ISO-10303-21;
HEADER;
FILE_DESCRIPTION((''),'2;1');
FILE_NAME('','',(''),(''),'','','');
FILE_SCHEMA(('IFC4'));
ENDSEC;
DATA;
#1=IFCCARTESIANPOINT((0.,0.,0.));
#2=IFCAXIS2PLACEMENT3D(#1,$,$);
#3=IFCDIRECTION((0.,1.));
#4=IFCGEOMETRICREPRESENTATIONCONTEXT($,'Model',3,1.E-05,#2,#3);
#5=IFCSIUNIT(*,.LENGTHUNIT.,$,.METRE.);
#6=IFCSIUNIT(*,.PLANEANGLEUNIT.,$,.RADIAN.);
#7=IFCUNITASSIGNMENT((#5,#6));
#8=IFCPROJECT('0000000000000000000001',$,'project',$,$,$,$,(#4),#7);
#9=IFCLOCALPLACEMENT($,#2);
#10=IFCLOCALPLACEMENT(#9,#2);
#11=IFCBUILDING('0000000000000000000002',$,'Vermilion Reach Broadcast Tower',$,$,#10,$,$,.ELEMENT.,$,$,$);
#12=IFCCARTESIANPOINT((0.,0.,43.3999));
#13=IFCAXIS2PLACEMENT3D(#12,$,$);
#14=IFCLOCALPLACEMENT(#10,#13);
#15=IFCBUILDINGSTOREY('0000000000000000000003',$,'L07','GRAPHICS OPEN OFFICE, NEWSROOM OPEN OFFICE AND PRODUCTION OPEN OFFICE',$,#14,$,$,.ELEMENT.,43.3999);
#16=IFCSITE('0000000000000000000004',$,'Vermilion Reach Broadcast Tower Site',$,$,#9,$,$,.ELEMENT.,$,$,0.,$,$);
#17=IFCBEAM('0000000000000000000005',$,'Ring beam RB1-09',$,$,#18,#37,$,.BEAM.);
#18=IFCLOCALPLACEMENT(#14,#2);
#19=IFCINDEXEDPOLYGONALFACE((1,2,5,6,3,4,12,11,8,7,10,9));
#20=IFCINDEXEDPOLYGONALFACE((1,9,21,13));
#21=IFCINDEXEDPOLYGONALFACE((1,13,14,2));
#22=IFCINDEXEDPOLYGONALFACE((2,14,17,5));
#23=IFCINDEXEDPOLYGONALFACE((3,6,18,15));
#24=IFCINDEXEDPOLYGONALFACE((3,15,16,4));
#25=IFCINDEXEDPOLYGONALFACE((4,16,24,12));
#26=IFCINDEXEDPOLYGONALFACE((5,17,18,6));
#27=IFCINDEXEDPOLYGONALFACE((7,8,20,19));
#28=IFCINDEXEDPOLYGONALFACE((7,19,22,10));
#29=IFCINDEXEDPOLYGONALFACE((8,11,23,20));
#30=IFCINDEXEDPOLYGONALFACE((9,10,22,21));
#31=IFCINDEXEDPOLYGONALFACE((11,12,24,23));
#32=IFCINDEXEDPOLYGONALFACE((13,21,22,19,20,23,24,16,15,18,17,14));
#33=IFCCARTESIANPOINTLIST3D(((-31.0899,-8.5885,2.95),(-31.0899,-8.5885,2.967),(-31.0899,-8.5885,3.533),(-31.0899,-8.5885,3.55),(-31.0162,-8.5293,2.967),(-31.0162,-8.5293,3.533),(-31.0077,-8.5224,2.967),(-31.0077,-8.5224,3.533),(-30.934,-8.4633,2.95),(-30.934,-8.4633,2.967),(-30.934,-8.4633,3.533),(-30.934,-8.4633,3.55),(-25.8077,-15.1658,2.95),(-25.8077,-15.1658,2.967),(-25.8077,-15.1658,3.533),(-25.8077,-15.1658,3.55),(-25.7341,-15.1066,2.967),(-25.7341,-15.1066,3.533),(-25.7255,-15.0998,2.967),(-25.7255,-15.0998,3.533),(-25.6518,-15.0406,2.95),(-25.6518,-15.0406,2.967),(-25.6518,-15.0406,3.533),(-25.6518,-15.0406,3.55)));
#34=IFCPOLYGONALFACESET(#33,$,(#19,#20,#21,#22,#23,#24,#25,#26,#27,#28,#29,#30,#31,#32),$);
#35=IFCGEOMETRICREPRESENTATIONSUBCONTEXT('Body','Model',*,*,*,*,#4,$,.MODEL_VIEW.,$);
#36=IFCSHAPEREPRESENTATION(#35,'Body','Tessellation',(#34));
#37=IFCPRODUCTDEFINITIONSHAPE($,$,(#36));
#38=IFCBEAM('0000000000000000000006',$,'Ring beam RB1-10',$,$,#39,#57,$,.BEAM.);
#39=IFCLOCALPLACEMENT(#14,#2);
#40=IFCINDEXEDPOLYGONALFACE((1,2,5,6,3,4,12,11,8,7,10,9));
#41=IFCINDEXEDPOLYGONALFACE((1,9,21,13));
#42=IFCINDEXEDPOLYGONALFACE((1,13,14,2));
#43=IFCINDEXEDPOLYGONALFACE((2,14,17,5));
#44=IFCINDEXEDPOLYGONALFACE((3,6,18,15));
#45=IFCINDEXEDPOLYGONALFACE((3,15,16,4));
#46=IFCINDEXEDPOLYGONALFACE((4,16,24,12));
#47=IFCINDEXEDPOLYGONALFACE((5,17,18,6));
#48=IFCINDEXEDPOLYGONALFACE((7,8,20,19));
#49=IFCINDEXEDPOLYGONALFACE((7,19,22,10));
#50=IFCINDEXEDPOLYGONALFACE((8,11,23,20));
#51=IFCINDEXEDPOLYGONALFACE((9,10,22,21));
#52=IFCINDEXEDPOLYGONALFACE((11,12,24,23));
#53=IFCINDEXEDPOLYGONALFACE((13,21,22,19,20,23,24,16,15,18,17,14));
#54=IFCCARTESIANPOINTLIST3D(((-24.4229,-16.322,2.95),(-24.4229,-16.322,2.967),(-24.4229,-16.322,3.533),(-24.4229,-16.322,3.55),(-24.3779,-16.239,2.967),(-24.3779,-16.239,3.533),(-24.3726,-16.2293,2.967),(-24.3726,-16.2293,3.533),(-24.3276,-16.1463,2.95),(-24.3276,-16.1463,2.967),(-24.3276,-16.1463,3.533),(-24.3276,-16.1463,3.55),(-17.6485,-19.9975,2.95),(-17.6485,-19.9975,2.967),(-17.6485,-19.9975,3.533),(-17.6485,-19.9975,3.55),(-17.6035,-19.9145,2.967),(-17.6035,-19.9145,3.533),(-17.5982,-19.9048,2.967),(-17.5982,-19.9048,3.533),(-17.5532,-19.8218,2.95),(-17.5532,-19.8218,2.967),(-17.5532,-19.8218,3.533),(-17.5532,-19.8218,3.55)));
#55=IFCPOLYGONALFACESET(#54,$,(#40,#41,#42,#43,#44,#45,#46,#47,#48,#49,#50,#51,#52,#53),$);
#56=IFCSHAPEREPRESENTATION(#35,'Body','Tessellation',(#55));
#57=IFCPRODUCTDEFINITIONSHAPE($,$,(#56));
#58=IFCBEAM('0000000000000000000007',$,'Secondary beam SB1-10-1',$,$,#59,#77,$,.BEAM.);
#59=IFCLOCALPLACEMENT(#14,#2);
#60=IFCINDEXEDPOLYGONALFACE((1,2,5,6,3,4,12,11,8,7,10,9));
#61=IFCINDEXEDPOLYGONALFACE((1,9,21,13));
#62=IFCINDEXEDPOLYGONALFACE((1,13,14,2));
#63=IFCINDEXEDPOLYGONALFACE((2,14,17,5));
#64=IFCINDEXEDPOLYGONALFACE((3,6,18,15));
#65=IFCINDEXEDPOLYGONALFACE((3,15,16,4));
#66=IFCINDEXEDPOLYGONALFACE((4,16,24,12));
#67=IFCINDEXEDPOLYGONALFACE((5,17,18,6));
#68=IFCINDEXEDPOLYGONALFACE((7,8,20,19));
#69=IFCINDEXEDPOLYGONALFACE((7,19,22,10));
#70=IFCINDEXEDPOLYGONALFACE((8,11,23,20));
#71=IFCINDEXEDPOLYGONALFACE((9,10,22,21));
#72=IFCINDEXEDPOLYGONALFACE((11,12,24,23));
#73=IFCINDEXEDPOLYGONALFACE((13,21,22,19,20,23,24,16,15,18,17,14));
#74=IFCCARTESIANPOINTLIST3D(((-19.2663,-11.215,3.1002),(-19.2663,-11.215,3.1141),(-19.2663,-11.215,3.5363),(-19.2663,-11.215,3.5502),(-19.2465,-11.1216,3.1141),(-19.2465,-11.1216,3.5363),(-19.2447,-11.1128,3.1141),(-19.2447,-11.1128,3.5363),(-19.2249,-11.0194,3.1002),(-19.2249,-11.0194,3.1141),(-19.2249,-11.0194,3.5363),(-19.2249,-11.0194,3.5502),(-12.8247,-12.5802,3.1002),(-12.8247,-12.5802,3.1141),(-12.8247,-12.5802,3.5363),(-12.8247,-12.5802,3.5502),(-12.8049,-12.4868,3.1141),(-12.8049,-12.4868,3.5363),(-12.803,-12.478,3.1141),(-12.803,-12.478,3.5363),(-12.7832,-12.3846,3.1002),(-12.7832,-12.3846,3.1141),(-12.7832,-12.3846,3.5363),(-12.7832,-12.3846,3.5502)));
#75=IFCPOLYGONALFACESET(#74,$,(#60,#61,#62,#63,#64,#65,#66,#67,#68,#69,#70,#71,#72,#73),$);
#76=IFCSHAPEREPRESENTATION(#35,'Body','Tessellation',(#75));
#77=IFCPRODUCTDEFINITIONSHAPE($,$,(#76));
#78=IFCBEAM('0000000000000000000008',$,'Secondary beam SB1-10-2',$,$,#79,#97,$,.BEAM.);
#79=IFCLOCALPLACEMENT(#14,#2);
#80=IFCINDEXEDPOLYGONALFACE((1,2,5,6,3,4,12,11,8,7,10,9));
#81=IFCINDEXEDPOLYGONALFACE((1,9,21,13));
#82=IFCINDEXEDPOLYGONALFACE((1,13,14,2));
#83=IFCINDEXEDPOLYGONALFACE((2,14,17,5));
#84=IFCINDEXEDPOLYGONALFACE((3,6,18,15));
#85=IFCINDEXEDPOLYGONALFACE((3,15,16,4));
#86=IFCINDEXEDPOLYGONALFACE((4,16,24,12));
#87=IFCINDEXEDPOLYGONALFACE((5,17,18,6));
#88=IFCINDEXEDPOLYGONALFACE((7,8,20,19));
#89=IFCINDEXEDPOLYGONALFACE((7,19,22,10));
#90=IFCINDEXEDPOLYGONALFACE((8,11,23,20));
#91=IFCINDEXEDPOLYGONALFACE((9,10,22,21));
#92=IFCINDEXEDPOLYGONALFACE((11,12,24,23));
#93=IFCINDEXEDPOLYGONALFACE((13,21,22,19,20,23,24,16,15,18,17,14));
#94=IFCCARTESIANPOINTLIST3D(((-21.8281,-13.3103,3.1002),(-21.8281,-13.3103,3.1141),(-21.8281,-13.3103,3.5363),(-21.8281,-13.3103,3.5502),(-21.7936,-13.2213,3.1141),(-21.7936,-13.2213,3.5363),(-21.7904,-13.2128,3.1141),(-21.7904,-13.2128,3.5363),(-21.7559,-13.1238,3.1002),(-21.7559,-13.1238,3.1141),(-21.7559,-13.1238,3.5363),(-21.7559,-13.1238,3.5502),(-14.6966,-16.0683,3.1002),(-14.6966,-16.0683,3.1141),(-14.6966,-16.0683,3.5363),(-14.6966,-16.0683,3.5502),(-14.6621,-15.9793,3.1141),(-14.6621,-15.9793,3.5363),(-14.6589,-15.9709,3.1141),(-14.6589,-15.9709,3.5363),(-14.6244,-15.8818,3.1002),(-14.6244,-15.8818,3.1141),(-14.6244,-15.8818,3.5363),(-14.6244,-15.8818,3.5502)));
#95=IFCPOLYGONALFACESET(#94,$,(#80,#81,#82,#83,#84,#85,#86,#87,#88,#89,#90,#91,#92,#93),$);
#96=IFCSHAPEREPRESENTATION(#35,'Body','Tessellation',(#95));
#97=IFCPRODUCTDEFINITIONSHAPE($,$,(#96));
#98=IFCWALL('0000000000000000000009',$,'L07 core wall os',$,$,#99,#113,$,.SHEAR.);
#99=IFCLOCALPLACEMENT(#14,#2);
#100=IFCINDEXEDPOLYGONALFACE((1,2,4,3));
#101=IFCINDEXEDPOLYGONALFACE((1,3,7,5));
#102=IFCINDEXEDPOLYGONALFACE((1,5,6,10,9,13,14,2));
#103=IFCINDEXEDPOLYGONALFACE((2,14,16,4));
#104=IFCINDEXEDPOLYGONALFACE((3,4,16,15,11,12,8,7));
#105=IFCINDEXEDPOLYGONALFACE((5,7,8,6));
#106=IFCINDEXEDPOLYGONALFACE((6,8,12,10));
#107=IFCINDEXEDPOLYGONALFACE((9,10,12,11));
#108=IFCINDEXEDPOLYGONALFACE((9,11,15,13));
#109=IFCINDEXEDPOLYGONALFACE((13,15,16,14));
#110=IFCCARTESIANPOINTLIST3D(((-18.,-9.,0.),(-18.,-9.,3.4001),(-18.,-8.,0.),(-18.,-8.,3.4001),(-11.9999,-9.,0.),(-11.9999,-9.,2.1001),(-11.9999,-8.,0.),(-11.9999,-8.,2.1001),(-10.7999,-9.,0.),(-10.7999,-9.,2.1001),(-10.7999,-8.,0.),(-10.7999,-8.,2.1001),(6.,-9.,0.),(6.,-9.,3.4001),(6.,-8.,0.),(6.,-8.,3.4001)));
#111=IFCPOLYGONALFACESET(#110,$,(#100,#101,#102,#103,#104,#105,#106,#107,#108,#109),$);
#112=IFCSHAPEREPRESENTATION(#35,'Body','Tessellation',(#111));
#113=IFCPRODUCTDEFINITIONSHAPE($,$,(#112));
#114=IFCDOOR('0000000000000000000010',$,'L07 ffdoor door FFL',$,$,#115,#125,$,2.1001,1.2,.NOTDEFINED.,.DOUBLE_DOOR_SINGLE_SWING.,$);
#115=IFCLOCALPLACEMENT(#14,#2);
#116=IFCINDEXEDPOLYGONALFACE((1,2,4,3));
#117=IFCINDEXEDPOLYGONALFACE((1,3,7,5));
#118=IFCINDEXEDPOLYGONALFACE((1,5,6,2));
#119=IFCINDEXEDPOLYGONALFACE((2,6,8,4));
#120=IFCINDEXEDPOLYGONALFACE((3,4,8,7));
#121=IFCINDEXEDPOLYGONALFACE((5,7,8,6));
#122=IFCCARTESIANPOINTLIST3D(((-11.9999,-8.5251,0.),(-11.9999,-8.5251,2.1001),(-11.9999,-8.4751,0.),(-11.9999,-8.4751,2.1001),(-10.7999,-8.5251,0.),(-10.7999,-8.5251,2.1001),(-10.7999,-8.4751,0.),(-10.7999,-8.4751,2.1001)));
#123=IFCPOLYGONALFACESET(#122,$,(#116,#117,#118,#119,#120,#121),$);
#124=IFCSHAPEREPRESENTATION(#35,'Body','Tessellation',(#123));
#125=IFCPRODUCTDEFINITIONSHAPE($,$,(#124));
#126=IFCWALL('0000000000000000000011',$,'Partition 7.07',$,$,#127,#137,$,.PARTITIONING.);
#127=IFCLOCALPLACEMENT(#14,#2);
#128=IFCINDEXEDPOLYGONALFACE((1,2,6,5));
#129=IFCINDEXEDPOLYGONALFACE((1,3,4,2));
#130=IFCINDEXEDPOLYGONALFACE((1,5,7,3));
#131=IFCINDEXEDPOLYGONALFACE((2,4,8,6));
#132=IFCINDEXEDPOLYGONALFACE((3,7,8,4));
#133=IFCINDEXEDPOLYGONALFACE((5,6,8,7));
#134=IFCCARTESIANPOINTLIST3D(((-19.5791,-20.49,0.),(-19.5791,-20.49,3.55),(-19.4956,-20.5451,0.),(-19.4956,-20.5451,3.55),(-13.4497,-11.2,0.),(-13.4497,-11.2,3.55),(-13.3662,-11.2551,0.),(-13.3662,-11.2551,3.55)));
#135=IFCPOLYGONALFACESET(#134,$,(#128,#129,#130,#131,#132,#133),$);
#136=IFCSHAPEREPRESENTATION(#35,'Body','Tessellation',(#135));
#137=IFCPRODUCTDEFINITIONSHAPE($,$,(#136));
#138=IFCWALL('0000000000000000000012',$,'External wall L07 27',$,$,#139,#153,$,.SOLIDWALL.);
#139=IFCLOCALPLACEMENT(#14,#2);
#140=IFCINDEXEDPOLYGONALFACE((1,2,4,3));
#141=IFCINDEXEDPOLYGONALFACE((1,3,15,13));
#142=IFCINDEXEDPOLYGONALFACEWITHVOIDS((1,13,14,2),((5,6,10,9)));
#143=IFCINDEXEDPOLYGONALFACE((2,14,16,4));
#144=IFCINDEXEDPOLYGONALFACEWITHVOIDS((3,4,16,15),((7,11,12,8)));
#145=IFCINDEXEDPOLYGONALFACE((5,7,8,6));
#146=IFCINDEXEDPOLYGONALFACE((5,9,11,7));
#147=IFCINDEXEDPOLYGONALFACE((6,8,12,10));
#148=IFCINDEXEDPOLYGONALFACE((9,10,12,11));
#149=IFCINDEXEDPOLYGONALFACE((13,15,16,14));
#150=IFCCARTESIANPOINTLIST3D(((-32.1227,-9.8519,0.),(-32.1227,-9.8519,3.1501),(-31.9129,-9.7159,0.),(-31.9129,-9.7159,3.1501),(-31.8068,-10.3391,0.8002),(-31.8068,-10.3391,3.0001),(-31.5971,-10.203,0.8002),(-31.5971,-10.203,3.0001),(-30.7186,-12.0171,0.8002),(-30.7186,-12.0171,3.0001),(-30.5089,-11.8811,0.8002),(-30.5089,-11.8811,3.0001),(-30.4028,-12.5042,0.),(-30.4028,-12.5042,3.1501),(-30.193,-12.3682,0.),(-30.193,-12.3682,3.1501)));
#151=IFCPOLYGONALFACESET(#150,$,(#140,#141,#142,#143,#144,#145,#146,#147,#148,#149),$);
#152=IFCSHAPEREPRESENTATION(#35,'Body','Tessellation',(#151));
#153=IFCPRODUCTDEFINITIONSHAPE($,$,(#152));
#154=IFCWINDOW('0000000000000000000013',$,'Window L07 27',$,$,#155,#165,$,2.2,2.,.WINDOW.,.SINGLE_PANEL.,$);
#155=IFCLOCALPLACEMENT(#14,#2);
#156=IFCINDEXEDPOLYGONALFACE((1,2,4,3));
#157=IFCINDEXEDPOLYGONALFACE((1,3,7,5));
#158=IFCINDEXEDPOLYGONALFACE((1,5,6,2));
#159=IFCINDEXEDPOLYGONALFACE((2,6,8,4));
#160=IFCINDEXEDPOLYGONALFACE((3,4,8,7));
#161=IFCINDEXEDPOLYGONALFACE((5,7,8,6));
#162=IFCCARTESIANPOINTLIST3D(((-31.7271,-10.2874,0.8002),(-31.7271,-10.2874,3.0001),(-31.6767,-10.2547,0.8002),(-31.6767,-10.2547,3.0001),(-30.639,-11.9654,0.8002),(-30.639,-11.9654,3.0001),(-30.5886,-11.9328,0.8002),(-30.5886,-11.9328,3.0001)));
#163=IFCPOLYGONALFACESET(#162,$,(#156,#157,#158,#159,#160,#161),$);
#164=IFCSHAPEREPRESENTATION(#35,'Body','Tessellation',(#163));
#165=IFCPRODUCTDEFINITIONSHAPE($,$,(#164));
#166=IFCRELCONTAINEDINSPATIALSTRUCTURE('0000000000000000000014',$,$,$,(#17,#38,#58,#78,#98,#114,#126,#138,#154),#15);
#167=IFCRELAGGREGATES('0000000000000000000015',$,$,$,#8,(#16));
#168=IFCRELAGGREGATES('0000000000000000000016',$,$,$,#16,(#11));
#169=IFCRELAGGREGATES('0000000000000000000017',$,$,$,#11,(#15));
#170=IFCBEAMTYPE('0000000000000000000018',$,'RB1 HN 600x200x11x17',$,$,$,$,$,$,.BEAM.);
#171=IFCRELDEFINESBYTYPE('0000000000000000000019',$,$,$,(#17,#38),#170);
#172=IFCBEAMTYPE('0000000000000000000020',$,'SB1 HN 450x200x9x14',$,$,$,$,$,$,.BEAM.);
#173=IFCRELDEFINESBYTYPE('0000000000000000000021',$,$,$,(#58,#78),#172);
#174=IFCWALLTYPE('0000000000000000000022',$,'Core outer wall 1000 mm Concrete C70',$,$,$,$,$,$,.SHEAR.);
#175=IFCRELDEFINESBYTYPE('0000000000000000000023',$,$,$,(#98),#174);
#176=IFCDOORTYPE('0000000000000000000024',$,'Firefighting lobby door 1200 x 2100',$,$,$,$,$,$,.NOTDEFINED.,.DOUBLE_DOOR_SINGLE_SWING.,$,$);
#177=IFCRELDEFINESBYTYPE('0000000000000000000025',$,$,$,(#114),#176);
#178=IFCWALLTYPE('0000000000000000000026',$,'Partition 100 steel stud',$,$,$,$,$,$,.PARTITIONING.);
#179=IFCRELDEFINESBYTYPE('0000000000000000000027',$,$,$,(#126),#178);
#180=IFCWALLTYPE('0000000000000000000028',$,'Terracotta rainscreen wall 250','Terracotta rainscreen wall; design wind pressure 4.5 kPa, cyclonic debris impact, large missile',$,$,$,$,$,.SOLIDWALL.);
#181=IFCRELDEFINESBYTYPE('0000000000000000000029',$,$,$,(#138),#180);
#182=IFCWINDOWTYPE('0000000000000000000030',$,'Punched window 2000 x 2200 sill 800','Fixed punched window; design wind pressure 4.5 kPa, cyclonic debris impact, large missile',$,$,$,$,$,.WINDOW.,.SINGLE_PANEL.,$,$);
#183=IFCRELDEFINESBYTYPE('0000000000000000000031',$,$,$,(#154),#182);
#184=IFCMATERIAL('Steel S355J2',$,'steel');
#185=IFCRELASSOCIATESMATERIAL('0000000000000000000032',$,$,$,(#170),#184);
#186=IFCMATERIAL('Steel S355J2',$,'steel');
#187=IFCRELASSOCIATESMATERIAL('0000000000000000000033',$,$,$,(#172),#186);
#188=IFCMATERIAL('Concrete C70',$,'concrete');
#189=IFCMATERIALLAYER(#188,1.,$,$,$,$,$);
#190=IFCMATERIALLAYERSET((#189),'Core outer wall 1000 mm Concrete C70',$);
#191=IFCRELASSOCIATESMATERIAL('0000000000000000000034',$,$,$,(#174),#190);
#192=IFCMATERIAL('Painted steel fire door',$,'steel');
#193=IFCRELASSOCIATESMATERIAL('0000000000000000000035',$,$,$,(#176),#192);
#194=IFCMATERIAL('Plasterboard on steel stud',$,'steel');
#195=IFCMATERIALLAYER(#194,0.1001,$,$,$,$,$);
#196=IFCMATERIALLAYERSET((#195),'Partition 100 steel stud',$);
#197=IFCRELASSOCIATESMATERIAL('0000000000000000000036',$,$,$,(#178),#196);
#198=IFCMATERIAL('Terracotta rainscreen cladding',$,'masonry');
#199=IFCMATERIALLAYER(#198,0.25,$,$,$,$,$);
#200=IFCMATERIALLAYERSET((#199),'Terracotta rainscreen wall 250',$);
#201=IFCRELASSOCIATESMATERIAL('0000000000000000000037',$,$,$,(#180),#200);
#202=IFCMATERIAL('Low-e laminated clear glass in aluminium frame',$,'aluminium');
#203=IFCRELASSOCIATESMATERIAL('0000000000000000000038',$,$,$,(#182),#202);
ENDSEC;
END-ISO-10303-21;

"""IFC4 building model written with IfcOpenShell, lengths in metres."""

from ifc_helpers import new_model, si_unit, direction, frame, frame_2d, origin, origin_2d, place, context, subcontext, project, spatial, rectangle, i_section, extrude, material, layer, layer_set, material_profile, profile_set, type_object, element, fill, save


model = new_model("IFC4")

# Units and contexts
model_context = context("Model", 3, precision=1e-05, world=origin(), true_north=direction((0.0, 1.0)))
body_context = subcontext(model_context, "Body", "Model", "MODEL_VIEW")
ifc_project = project(units=[si_unit("LENGTHUNIT", "METRE"), si_unit("PLANEANGLEUNIT", "RADIAN")], contexts=[model_context])

# Site, building, storey
site_placement = place(None, origin())
site = spatial("IfcSite", under=ifc_project, at=site_placement, Name="Vermilion Reach Broadcast Tower Site", CompositionType="ELEMENT", RefElevation=0.0)
building_placement = place(site_placement, origin())
building = spatial("IfcBuilding", under=site, at=building_placement, Name="Vermilion Reach Broadcast Tower", CompositionType="ELEMENT")
storey_placement = place(building_placement, frame((0.0, 0.0, 43.3999)))
storey = spatial("IfcBuildingStorey", under=building, at=storey_placement, Name="L07", Description="GRAPHICS OPEN OFFICE, NEWSROOM OPEN OFFICE AND PRODUCTION OPEN OFFICE", CompositionType="ELEMENT", Elevation=43.3999)

# Beams
ifc_material_1 = material(Name="Steel S355J2", Category="steel")
ifc_material_profile_1 = material_profile(ifc_material_1, i_section(OverallWidth=0.2, OverallDepth=0.6001, WebThickness=0.011, FlangeThickness=0.0171, at=origin_2d()), Name="S355J2 HN 600x200x11x17")
ifc_profile_set_1 = profile_set([ifc_material_profile_1], Name="Steel S355J2")
beam_type_1 = type_object("IfcBeamType", Name="RB1 HN 600x200x11x17", PredefinedType="BEAM", material=ifc_profile_set_1)
beam_1_placement = place(storey_placement, frame((-31.012, -8.5259, 3.25), z_axis=(0.626162, -0.779693, 0.0), x_axis=(0.779693, 0.626162, 0.0)))
element("IfcBeam", 1, at=beam_1_placement, inside=storey, type_object=beam_type_1, Name="Ring beam RB1-09", PredefinedType="BEAM", context=body_context, shape_type="SweptSolid", body=[
    extrude(i_section(OverallWidth=0.2, OverallDepth=0.6001, WebThickness=0.011, FlangeThickness=0.0171, at=origin_2d()), origin(), (0.0, 0.0, 1.0), 8.4358),
])
beam_2_placement = place(storey_placement, frame((-24.3752, -16.2341, 3.25), z_axis=(0.878962, -0.476891, 0.0), x_axis=(0.476891, 0.878962, 0.0)))
element("IfcBeam", 2, at=beam_2_placement, inside=storey, type_object=beam_type_1, Name="Ring beam RB1-10", PredefinedType="BEAM", context=body_context, shape_type="SweptSolid", body=[
    extrude(i_section(OverallWidth=0.2, OverallDepth=0.6001, WebThickness=0.011, FlangeThickness=0.0171, at=origin_2d()), origin(), (0.0, 0.0, 1.0), 7.7073),
])
ifc_material_2 = material(Name="Steel S355J2", Category="steel")
ifc_material_profile_2 = material_profile(ifc_material_2, i_section(OverallWidth=0.2, OverallDepth=0.45, WebThickness=0.009, FlangeThickness=0.0139, at=origin_2d()), Name="S355J2 HN 450x200x9x14")
ifc_profile_set_2 = profile_set([ifc_material_profile_2], Name="Steel S355J2")
beam_type_2 = type_object("IfcBeamType", Name="SB1 HN 450x200x9x14", PredefinedType="BEAM", material=ifc_profile_set_2)
beam_3_placement = place(storey_placement, frame((-19.2456, -11.1172, 3.3252), z_axis=(0.97827, -0.207333, 0.0), x_axis=(0.207333, 0.97827, 0.0)))
element("IfcBeam", 3, at=beam_3_placement, inside=storey, type_object=beam_type_2, Name="Secondary beam SB1-10-1", PredefinedType="BEAM", context=body_context, shape_type="SweptSolid", body=[
    extrude(i_section(OverallWidth=0.2, OverallDepth=0.45, WebThickness=0.009, FlangeThickness=0.0139, at=origin_2d()), origin(), (0.0, 0.0, 1.0), 6.5847),
])
beam_4_placement = place(storey_placement, frame((-21.792, -13.217, 3.3252), z_axis=(0.932681, -0.360703, 0.0), x_axis=(0.360703, 0.932681, 0.0)))
element("IfcBeam", 4, at=beam_4_placement, inside=storey, type_object=beam_type_2, Name="Secondary beam SB1-10-2", PredefinedType="BEAM", context=body_context, shape_type="SweptSolid", body=[
    extrude(i_section(OverallWidth=0.2, OverallDepth=0.45, WebThickness=0.009, FlangeThickness=0.0139, at=origin_2d()), origin(), (0.0, 0.0, 1.0), 7.6462),
])

# Wall, opening, door
ifc_material_3 = material(Name="Concrete C70", Category="concrete")
ifc_layer_1 = layer(ifc_material_3, 1.0)
ifc_layer_set_1 = layer_set([ifc_layer_1], Name="Core outer wall 1000 mm Concrete C70")
wall_type_1 = type_object("IfcWallType", Name="Core outer wall 1000 mm Concrete C70", PredefinedType="SHEAR", material=ifc_layer_set_1)
wall_1_placement = place(storey_placement, frame((-18.0, -8.5, 0.0), z_axis=(0.0, 0.0, 1.0), x_axis=(1.0, 0.0, 0.0)))
wall_1 = element("IfcWall", 5, at=wall_1_placement, inside=storey, type_object=wall_type_1, Name="L07 core wall os", PredefinedType="SHEAR", context=body_context, shape_type="SweptSolid", body=[
    extrude(rectangle(XDim=24.0, YDim=1.0, at=frame_2d((12.0, 0.0))), origin(), (0.0, 0.0, 1.0), 3.4001),
])
opening_1_placement = place(wall_1_placement, frame((6.0, 0.0, 0.0)))
opening_1 = element("IfcOpeningElement", 6, at=opening_1_placement, cuts=wall_1, PredefinedType="OPENING", context=body_context, shape_type="SweptSolid", body=[
    extrude(rectangle(XDim=1.2, YDim=2.1001, at=frame_2d((0.6001, 1.05))), frame((0.0, 0.51, 0.0), z_axis=(0.0, -1.0, 0.0), x_axis=(1.0, 0.0, 0.0)), (0.0, 0.0, 1.0), 1.02),
])
ifc_material_4 = material(Name="Painted steel fire door", Category="steel")
door_type_1 = type_object("IfcDoorType", Name="Firefighting lobby door 1200 x 2100", OperationType="DOUBLE_DOOR_SINGLE_SWING", PredefinedType="NOTDEFINED", material=ifc_material_4)
door_1_placement = place(opening_1_placement, origin())
door_1 = element("IfcDoor", 7, at=door_1_placement, inside=storey, type_object=door_type_1, Name="L07 ffdoor door FFL", OperationType="DOUBLE_DOOR_SINGLE_SWING", OverallHeight=2.1001, OverallWidth=1.2, PredefinedType="NOTDEFINED", context=body_context, shape_type="SweptSolid", body=[
    extrude(rectangle(XDim=1.2, YDim=2.1001, at=frame_2d((0.6001, 1.05))), frame((0.0, 0.0249, 0.0), z_axis=(0.0, -1.0, 0.0), x_axis=(1.0, 0.0, 0.0)), (0.0, 0.0, 1.0), 0.05),
])
fill(opening_1, door_1)

# Wall
ifc_material_5 = material(Name="Plasterboard on steel stud", Category="steel")
ifc_layer_2 = layer(ifc_material_5, 0.1001)
ifc_layer_set_2 = layer_set([ifc_layer_2], Name="Partition 100 steel stud")
wall_type_2 = type_object("IfcWallType", Name="Partition 100 steel stud", PredefinedType="PARTITIONING", material=ifc_layer_set_2)
wall_2_placement = place(storey_placement, frame((-19.5374, -20.5176, 0.0), z_axis=(0.0, 0.0, 1.0), x_axis=(0.550715, 0.834693, 0.0)))
element("IfcWall", 8, at=wall_2_placement, inside=storey, type_object=wall_type_2, Name="Partition 7.07", PredefinedType="PARTITIONING", context=body_context, shape_type="SweptSolid", body=[
    extrude(rectangle(XDim=11.1299, YDim=0.1001, at=frame_2d((5.5649, 0.0))), origin(), (0.0, 0.0, 1.0), 3.55),
])

# Wall, opening, window
ifc_material_6 = material(Name="Terracotta rainscreen cladding", Category="masonry")
ifc_layer_3 = layer(ifc_material_6, 0.25)
ifc_layer_set_3 = layer_set([ifc_layer_3], Name="Terracotta rainscreen wall 250")
wall_type_3 = type_object("IfcWallType", Name="Terracotta rainscreen wall 250", Description="Terracotta rainscreen wall; design wind pressure 4.5 kPa, cyclonic debris impact, large missile", PredefinedType="SOLIDWALL", material=ifc_layer_set_3)
wall_3_placement = place(storey_placement, frame((-32.0178, -9.7839, 0.0), z_axis=(0.0, 0.0, 1.0), x_axis=(0.544087, -0.839029, 0.0)))
wall_3 = element("IfcWall", 9, at=wall_3_placement, inside=storey, type_object=wall_type_3, Name="External wall L07 27", PredefinedType="SOLIDWALL", context=body_context, shape_type="SweptSolid", body=[
    extrude(rectangle(XDim=3.1611, YDim=0.25, at=frame_2d((1.5806, 0.0))), origin(), (0.0, 0.0, 1.0), 3.1501),
])
opening_2_placement = place(wall_3_placement, frame((0.5806, 0.0, 0.8)))
opening_2 = element("IfcOpeningElement", 10, at=opening_2_placement, cuts=wall_3, PredefinedType="OPENING", context=body_context, shape_type="SweptSolid", body=[
    extrude(rectangle(XDim=2.0, YDim=2.2, at=frame_2d((1.0, 1.1001))), frame((0.0, 0.135, 0.0), z_axis=(0.0, -1.0, 0.0), x_axis=(1.0, 0.0, 0.0)), (0.0, 0.0, 1.0), 0.27),
])
ifc_material_7 = material(Name="Low-e laminated clear glass in aluminium frame", Category="aluminium")
window_type_1 = type_object("IfcWindowType", Name="Punched window 2000 x 2200 sill 800", Description="Fixed punched window; design wind pressure 4.5 kPa, cyclonic debris impact, large missile", PartitioningType="SINGLE_PANEL", PredefinedType="WINDOW", material=ifc_material_7)
window_1_placement = place(opening_2_placement, origin())
window_1 = element("IfcWindow", 11, at=window_1_placement, inside=storey, type_object=window_type_1, Name="Window L07 27", OverallHeight=2.2, OverallWidth=2.0, PartitioningType="SINGLE_PANEL", PredefinedType="WINDOW", context=body_context, shape_type="SweptSolid", body=[
    extrude(rectangle(XDim=2.0, YDim=2.2, at=frame_2d((1.0, 1.1001))), frame((0.0, 0.03, 0.0), z_axis=(0.0, -1.0, 0.0), x_axis=(1.0, 0.0, 0.0)), (0.0, 0.0, 1.0), 0.0601),
])
fill(opening_2, window_1)

save(model, "model.ifc")
